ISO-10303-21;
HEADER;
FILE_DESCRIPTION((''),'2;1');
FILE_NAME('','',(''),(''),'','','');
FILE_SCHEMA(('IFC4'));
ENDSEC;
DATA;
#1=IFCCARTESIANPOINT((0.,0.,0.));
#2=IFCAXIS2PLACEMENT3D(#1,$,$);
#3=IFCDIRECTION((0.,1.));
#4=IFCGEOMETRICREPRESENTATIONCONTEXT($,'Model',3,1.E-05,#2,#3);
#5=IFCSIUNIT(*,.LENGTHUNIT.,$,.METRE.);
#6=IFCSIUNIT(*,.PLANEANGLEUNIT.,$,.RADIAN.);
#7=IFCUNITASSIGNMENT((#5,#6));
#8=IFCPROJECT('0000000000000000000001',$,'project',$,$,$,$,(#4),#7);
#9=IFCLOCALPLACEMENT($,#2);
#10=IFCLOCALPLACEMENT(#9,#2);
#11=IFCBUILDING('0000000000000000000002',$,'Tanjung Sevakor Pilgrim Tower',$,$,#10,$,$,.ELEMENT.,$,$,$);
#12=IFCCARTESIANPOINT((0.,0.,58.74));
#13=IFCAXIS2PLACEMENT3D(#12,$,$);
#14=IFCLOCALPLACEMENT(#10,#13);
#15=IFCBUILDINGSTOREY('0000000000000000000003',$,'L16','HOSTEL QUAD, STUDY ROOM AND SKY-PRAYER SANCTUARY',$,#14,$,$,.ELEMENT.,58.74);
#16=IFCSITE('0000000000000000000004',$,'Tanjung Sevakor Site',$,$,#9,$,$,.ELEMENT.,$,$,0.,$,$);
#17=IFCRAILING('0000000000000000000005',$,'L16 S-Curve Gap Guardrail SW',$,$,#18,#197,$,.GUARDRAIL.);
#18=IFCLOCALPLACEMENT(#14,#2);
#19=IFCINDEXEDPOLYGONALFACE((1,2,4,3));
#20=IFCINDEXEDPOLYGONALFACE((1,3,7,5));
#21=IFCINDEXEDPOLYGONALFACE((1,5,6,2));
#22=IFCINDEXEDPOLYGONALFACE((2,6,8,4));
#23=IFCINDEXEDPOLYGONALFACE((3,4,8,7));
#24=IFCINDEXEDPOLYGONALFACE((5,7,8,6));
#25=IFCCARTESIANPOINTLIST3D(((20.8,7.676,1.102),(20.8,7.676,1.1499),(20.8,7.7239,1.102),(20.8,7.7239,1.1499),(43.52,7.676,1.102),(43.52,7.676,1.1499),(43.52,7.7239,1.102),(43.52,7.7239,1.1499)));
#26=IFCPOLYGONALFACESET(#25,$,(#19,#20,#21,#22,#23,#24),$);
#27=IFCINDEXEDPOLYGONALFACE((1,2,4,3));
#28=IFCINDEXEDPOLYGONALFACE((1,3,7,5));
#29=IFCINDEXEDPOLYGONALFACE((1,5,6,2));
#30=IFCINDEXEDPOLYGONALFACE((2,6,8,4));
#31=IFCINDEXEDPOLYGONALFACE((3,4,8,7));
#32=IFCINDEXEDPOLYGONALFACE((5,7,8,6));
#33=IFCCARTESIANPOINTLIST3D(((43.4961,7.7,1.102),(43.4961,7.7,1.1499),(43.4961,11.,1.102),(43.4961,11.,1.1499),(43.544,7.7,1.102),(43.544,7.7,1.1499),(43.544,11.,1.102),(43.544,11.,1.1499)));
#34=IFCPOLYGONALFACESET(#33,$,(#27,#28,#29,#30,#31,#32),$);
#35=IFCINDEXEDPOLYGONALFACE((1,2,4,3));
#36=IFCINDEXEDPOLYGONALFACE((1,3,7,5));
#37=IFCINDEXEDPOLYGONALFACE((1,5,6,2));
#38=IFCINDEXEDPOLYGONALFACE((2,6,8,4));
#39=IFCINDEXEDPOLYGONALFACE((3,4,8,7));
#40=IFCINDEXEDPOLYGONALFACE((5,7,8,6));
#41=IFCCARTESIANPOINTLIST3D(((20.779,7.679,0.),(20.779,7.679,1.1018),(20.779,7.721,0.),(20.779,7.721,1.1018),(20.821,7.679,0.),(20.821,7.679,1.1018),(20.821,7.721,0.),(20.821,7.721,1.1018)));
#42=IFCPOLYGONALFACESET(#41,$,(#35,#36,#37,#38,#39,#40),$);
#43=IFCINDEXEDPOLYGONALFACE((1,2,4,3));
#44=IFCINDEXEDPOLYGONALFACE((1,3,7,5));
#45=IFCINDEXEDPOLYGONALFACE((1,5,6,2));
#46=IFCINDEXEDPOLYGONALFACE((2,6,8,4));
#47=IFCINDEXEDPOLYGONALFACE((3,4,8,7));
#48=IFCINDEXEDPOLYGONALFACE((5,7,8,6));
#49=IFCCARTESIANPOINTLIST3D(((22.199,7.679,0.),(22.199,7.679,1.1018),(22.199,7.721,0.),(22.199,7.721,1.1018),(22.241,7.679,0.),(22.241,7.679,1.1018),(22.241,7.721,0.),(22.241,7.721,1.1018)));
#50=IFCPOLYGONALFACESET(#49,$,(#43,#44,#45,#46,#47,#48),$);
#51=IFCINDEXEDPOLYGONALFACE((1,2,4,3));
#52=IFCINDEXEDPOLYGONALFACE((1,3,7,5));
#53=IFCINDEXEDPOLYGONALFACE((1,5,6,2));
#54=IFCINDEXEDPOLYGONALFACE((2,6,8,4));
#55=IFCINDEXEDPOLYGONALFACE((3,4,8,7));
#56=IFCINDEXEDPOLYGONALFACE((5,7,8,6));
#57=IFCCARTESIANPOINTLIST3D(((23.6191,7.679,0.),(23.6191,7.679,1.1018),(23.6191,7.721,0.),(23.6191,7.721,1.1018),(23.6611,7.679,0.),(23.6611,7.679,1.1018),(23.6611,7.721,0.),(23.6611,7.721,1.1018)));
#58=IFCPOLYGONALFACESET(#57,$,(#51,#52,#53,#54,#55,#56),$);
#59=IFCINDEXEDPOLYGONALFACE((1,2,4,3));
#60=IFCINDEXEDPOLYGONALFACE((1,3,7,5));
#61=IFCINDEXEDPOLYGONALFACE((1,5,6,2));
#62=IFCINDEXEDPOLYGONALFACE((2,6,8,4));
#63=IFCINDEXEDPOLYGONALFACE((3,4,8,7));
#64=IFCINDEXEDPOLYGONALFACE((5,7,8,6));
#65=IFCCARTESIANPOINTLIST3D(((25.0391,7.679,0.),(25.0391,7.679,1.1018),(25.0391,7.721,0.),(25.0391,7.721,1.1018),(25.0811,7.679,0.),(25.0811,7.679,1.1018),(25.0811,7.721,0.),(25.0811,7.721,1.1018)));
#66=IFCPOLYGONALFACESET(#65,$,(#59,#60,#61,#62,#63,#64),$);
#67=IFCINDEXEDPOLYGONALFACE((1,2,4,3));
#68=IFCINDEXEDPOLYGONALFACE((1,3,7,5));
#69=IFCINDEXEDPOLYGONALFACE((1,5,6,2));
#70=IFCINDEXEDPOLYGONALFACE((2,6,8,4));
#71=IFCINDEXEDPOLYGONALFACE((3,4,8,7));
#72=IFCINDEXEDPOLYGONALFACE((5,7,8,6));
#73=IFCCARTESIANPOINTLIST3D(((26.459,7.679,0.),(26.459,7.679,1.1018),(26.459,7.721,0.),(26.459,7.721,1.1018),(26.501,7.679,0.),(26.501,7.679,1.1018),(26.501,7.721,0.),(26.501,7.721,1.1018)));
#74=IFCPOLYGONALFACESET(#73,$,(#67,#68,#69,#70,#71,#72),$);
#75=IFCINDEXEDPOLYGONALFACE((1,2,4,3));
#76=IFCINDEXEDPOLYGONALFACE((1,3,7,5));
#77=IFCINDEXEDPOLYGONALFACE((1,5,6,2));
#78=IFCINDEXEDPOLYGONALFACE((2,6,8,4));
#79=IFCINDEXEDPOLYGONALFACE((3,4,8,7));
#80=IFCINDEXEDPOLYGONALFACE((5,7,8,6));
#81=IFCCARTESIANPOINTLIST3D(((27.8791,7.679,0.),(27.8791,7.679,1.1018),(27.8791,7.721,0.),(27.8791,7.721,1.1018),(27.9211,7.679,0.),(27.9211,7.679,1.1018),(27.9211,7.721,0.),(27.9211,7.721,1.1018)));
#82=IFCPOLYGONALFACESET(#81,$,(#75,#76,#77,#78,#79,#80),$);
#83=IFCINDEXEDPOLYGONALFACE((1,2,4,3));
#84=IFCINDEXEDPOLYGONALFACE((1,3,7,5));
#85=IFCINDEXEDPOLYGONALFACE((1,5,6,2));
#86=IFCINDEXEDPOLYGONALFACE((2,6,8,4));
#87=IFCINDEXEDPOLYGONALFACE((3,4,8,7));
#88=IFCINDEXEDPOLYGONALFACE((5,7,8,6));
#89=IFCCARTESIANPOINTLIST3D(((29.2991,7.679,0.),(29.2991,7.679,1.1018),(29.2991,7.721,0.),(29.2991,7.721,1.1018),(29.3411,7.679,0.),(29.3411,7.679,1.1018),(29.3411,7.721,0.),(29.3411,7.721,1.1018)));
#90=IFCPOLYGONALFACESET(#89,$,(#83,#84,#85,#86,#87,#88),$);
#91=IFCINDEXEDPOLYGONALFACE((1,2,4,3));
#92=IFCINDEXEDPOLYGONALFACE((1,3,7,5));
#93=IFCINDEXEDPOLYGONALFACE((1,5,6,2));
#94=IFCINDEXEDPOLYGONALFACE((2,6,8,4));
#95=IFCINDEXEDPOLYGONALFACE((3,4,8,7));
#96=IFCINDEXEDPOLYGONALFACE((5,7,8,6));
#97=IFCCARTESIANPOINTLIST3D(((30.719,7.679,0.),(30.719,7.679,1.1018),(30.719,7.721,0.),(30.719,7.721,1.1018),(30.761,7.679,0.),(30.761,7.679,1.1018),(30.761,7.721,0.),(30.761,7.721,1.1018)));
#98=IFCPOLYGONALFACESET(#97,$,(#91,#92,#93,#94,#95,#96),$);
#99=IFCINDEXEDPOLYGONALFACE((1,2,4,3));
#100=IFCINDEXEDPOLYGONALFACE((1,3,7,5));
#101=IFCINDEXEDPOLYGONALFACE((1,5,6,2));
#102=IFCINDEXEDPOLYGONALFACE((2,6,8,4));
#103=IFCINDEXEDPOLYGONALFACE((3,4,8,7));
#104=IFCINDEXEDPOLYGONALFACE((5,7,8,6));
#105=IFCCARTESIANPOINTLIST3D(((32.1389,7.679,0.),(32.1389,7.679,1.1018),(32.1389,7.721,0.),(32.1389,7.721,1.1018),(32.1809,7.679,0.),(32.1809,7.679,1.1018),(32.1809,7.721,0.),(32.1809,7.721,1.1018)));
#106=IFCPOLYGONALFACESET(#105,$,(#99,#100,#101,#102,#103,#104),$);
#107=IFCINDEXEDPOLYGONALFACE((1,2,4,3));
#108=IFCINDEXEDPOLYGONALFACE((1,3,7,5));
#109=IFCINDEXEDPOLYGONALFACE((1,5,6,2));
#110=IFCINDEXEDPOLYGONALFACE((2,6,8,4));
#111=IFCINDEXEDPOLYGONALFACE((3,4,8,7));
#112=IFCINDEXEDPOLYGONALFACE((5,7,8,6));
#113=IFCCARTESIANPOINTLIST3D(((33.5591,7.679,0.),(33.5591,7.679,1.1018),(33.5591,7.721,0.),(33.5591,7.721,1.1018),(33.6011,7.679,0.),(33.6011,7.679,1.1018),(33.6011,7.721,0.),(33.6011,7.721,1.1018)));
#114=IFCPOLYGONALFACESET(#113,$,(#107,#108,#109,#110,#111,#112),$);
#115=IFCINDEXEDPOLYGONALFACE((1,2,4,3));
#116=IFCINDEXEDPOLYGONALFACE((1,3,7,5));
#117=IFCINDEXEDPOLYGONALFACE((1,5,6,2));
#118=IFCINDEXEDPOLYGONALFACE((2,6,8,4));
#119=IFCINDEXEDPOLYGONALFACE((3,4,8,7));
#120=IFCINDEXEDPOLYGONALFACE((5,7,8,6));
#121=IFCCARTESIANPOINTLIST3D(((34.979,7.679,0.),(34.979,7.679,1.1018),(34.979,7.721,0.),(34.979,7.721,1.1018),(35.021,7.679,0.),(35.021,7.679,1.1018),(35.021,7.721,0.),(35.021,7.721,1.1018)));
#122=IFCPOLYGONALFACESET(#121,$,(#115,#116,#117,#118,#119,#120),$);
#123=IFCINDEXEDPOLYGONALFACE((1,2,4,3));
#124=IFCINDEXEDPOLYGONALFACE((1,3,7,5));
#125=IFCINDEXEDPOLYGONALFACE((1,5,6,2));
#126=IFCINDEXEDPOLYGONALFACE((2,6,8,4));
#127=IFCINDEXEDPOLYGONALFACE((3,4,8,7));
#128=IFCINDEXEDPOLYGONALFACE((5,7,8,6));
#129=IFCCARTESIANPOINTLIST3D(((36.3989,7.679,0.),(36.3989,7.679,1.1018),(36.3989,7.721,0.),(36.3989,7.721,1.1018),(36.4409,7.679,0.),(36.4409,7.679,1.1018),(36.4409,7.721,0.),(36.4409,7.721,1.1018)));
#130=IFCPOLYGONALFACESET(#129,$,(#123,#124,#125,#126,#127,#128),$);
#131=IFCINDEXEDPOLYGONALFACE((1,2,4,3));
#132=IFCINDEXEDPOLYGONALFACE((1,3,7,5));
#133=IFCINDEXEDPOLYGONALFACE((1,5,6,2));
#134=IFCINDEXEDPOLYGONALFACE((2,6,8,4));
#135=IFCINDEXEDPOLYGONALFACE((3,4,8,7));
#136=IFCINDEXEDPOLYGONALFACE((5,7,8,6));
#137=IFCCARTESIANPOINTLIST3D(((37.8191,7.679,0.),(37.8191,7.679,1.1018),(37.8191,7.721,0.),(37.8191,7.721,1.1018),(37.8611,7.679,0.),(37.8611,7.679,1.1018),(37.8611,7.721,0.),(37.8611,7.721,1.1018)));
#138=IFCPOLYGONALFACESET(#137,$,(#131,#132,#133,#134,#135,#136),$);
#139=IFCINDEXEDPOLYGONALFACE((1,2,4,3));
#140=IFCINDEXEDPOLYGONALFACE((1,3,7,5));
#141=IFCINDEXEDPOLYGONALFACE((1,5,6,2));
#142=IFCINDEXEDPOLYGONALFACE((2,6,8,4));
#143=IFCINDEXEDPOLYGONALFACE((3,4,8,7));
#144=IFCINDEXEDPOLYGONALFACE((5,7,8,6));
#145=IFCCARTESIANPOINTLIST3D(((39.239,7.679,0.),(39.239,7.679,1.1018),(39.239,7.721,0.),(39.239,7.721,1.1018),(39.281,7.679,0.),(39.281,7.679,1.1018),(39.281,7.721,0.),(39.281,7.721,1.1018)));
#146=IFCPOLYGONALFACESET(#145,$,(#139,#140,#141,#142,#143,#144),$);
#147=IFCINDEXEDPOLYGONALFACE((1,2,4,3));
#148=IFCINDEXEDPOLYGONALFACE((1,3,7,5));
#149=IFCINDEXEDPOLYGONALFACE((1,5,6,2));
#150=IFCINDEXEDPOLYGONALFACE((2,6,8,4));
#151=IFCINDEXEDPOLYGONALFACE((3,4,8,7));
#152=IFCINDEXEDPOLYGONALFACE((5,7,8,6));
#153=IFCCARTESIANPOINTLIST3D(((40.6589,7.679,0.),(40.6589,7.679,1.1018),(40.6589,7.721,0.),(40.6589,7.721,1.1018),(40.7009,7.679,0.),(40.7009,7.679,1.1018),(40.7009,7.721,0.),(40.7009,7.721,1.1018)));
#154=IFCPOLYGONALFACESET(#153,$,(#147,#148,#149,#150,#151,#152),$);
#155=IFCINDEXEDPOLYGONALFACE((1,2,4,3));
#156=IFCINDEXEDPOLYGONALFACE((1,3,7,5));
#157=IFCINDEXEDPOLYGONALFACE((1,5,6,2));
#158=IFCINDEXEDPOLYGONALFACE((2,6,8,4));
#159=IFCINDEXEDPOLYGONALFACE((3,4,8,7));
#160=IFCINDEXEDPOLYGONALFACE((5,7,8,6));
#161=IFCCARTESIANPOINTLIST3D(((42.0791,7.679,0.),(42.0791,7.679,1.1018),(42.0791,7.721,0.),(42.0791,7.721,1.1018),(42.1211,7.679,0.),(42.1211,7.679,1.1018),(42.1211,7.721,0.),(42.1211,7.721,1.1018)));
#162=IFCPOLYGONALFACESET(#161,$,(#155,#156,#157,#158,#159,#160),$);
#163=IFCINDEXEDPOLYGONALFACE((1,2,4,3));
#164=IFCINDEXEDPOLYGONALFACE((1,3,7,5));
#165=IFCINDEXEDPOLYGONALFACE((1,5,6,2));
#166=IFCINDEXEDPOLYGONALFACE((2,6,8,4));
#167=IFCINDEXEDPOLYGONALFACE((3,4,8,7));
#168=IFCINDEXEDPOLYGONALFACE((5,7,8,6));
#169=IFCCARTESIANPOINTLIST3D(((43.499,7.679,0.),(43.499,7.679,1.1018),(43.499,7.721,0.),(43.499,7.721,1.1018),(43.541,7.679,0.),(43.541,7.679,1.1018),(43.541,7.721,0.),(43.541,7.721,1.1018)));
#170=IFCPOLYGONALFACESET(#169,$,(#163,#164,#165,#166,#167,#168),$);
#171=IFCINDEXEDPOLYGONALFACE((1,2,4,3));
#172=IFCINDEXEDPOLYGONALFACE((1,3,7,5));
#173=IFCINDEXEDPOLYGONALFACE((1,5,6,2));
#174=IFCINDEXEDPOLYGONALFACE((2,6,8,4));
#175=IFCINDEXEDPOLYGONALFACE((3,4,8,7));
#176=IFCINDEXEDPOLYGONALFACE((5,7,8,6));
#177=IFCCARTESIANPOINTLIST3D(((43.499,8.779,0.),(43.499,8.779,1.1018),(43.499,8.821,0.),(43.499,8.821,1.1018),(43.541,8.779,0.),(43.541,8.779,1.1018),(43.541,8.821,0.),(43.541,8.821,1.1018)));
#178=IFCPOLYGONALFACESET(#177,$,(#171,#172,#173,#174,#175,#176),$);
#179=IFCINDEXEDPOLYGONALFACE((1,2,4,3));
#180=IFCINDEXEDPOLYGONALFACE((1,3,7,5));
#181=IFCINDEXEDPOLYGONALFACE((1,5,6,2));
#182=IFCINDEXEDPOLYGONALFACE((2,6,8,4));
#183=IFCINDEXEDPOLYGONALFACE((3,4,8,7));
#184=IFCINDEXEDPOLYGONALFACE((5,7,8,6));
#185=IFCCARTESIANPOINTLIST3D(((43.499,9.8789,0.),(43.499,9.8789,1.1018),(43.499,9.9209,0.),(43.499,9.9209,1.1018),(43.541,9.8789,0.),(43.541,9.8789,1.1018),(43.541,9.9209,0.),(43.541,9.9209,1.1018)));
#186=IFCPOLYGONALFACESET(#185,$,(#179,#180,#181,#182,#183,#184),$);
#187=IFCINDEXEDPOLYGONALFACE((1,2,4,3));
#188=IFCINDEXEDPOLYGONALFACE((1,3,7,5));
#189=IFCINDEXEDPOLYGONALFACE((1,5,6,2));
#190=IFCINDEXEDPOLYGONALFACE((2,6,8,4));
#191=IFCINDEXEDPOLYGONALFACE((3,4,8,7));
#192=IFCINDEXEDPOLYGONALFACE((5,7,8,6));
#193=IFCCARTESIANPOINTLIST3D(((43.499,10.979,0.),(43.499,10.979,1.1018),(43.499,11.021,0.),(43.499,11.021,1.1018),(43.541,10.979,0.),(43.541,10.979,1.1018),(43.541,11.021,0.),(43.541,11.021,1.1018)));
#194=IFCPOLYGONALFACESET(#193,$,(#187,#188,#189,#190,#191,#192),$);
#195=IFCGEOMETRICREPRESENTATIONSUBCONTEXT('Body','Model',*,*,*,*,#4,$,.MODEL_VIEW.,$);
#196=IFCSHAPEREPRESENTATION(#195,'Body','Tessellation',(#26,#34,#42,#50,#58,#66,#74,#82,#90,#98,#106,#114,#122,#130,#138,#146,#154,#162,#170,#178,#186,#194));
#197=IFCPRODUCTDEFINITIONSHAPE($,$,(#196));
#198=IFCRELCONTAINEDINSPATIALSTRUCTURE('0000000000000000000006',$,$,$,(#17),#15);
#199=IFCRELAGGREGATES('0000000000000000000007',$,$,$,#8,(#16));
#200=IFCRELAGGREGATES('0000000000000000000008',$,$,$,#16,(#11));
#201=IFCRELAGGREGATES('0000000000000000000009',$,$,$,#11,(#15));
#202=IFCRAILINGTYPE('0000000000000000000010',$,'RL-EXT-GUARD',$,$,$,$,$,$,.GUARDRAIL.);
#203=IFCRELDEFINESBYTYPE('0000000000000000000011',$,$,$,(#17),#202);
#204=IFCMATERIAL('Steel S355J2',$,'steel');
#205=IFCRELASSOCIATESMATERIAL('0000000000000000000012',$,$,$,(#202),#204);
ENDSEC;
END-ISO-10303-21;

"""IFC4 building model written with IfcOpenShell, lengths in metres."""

from ifc_helpers import new_model, si_unit, direction, frame, origin, place, context, subcontext, project, spatial, rectangle, extrude, material, type_object, element, save


model = new_model("IFC4")

# Units and contexts
model_context = context("Model", 3, precision=1e-05, world=origin(), true_north=direction((0.0, 1.0)))
body_context = subcontext(model_context, "Body", "Model", "MODEL_VIEW")
ifc_project = project(units=[si_unit("LENGTHUNIT", "METRE"), si_unit("PLANEANGLEUNIT", "RADIAN")], contexts=[model_context])

# Site, building, storey
site_placement = place(None, origin())
site = spatial("IfcSite", under=ifc_project, at=site_placement, Name="Tanjung Sevakor Site", CompositionType="ELEMENT", RefElevation=0.0)
building_placement = place(site_placement, origin())
building = spatial("IfcBuilding", under=site, at=building_placement, Name="Tanjung Sevakor Pilgrim Tower", CompositionType="ELEMENT")
storey_placement = place(building_placement, frame((0.0, 0.0, 58.74)))
storey = spatial("IfcBuildingStorey", under=building, at=storey_placement, Name="L16", Description="HOSTEL QUAD, STUDY ROOM AND SKY-PRAYER SANCTUARY", CompositionType="ELEMENT", Elevation=58.74)

# Railing
ifc_material_1 = material(Name="Steel S355J2", Category="steel")
railing_type_1 = type_object("IfcRailingType", Name="RL-EXT-GUARD", PredefinedType="GUARDRAIL", material=ifc_material_1)
railing_1_placement = place(storey_placement, frame((20.8, 7.7, 0.0)))
element("IfcRailing", 1, at=railing_1_placement, inside=storey, type_object=railing_type_1, Name="L16 S-Curve Gap Guardrail SW", PredefinedType="GUARDRAIL", context=body_context, shape_type="SweptSolid", body=[
    extrude(rectangle(XDim=0.0479, YDim=0.0479), frame((0.0, 0.0, 1.126), z_axis=(1.0, 0.0, 0.0), x_axis=(0.0, 1.0, 0.0)), (0.0, 0.0, 1.0), 22.72),
    extrude(rectangle(XDim=0.0479, YDim=0.0479), frame((22.72, 0.0, 1.126), z_axis=(0.0, 1.0, 0.0), x_axis=(-1.0, 0.0, 0.0)), (0.0, 0.0, 1.0), 3.3),
    extrude(rectangle(XDim=0.042, YDim=0.042), origin(), (0.0, 0.0, 1.0), 1.1018),
    extrude(rectangle(XDim=0.042, YDim=0.042), frame((1.4199, 0.0, 0.0)), (0.0, 0.0, 1.0), 1.1018),
    extrude(rectangle(XDim=0.042, YDim=0.042), frame((2.8401, 0.0, 0.0)), (0.0, 0.0, 1.0), 1.1018),
    extrude(rectangle(XDim=0.042, YDim=0.042), frame((4.26, 0.0, 0.0)), (0.0, 0.0, 1.0), 1.1018),
    extrude(rectangle(XDim=0.042, YDim=0.042), frame((5.6799, 0.0, 0.0)), (0.0, 0.0, 1.0), 1.1018),
    extrude(rectangle(XDim=0.042, YDim=0.042), frame((7.1001, 0.0, 0.0)), (0.0, 0.0, 1.0), 1.1018),
    extrude(rectangle(XDim=0.042, YDim=0.042), frame((8.52, 0.0, 0.0)), (0.0, 0.0, 1.0), 1.1018),
    extrude(rectangle(XDim=0.042, YDim=0.042), frame((9.9399, 0.0, 0.0)), (0.0, 0.0, 1.0), 1.1018),
    extrude(rectangle(XDim=0.042, YDim=0.042), frame((11.3599, 0.0, 0.0)), (0.0, 0.0, 1.0), 1.1018),
    extrude(rectangle(XDim=0.042, YDim=0.042), frame((12.78, 0.0, 0.0)), (0.0, 0.0, 1.0), 1.1018),
    extrude(rectangle(XDim=0.042, YDim=0.042), frame((14.2, 0.0, 0.0)), (0.0, 0.0, 1.0), 1.1018),
    extrude(rectangle(XDim=0.042, YDim=0.042), frame((15.6199, 0.0, 0.0)), (0.0, 0.0, 1.0), 1.1018),
    extrude(rectangle(XDim=0.042, YDim=0.042), frame((17.04, 0.0, 0.0)), (0.0, 0.0, 1.0), 1.1018),
    extrude(rectangle(XDim=0.042, YDim=0.042), frame((18.46, 0.0, 0.0)), (0.0, 0.0, 1.0), 1.1018),
    extrude(rectangle(XDim=0.042, YDim=0.042), frame((19.8799, 0.0, 0.0)), (0.0, 0.0, 1.0), 1.1018),
    extrude(rectangle(XDim=0.042, YDim=0.042), frame((21.3, 0.0, 0.0)), (0.0, 0.0, 1.0), 1.1018),
    extrude(rectangle(XDim=0.042, YDim=0.042), frame((22.72, 0.0, 0.0)), (0.0, 0.0, 1.0), 1.1018),
    extrude(rectangle(XDim=0.042, YDim=0.042), frame((22.72, 1.1001, 0.0)), (0.0, 0.0, 1.0), 1.1018),
    extrude(rectangle(XDim=0.042, YDim=0.042), frame((22.72, 2.2, 0.0)), (0.0, 0.0, 1.0), 1.1018),
    extrude(rectangle(XDim=0.042, YDim=0.042), frame((22.72, 3.3, 0.0)), (0.0, 0.0, 1.0), 1.1018),
])

save(model, "model.ifc")
